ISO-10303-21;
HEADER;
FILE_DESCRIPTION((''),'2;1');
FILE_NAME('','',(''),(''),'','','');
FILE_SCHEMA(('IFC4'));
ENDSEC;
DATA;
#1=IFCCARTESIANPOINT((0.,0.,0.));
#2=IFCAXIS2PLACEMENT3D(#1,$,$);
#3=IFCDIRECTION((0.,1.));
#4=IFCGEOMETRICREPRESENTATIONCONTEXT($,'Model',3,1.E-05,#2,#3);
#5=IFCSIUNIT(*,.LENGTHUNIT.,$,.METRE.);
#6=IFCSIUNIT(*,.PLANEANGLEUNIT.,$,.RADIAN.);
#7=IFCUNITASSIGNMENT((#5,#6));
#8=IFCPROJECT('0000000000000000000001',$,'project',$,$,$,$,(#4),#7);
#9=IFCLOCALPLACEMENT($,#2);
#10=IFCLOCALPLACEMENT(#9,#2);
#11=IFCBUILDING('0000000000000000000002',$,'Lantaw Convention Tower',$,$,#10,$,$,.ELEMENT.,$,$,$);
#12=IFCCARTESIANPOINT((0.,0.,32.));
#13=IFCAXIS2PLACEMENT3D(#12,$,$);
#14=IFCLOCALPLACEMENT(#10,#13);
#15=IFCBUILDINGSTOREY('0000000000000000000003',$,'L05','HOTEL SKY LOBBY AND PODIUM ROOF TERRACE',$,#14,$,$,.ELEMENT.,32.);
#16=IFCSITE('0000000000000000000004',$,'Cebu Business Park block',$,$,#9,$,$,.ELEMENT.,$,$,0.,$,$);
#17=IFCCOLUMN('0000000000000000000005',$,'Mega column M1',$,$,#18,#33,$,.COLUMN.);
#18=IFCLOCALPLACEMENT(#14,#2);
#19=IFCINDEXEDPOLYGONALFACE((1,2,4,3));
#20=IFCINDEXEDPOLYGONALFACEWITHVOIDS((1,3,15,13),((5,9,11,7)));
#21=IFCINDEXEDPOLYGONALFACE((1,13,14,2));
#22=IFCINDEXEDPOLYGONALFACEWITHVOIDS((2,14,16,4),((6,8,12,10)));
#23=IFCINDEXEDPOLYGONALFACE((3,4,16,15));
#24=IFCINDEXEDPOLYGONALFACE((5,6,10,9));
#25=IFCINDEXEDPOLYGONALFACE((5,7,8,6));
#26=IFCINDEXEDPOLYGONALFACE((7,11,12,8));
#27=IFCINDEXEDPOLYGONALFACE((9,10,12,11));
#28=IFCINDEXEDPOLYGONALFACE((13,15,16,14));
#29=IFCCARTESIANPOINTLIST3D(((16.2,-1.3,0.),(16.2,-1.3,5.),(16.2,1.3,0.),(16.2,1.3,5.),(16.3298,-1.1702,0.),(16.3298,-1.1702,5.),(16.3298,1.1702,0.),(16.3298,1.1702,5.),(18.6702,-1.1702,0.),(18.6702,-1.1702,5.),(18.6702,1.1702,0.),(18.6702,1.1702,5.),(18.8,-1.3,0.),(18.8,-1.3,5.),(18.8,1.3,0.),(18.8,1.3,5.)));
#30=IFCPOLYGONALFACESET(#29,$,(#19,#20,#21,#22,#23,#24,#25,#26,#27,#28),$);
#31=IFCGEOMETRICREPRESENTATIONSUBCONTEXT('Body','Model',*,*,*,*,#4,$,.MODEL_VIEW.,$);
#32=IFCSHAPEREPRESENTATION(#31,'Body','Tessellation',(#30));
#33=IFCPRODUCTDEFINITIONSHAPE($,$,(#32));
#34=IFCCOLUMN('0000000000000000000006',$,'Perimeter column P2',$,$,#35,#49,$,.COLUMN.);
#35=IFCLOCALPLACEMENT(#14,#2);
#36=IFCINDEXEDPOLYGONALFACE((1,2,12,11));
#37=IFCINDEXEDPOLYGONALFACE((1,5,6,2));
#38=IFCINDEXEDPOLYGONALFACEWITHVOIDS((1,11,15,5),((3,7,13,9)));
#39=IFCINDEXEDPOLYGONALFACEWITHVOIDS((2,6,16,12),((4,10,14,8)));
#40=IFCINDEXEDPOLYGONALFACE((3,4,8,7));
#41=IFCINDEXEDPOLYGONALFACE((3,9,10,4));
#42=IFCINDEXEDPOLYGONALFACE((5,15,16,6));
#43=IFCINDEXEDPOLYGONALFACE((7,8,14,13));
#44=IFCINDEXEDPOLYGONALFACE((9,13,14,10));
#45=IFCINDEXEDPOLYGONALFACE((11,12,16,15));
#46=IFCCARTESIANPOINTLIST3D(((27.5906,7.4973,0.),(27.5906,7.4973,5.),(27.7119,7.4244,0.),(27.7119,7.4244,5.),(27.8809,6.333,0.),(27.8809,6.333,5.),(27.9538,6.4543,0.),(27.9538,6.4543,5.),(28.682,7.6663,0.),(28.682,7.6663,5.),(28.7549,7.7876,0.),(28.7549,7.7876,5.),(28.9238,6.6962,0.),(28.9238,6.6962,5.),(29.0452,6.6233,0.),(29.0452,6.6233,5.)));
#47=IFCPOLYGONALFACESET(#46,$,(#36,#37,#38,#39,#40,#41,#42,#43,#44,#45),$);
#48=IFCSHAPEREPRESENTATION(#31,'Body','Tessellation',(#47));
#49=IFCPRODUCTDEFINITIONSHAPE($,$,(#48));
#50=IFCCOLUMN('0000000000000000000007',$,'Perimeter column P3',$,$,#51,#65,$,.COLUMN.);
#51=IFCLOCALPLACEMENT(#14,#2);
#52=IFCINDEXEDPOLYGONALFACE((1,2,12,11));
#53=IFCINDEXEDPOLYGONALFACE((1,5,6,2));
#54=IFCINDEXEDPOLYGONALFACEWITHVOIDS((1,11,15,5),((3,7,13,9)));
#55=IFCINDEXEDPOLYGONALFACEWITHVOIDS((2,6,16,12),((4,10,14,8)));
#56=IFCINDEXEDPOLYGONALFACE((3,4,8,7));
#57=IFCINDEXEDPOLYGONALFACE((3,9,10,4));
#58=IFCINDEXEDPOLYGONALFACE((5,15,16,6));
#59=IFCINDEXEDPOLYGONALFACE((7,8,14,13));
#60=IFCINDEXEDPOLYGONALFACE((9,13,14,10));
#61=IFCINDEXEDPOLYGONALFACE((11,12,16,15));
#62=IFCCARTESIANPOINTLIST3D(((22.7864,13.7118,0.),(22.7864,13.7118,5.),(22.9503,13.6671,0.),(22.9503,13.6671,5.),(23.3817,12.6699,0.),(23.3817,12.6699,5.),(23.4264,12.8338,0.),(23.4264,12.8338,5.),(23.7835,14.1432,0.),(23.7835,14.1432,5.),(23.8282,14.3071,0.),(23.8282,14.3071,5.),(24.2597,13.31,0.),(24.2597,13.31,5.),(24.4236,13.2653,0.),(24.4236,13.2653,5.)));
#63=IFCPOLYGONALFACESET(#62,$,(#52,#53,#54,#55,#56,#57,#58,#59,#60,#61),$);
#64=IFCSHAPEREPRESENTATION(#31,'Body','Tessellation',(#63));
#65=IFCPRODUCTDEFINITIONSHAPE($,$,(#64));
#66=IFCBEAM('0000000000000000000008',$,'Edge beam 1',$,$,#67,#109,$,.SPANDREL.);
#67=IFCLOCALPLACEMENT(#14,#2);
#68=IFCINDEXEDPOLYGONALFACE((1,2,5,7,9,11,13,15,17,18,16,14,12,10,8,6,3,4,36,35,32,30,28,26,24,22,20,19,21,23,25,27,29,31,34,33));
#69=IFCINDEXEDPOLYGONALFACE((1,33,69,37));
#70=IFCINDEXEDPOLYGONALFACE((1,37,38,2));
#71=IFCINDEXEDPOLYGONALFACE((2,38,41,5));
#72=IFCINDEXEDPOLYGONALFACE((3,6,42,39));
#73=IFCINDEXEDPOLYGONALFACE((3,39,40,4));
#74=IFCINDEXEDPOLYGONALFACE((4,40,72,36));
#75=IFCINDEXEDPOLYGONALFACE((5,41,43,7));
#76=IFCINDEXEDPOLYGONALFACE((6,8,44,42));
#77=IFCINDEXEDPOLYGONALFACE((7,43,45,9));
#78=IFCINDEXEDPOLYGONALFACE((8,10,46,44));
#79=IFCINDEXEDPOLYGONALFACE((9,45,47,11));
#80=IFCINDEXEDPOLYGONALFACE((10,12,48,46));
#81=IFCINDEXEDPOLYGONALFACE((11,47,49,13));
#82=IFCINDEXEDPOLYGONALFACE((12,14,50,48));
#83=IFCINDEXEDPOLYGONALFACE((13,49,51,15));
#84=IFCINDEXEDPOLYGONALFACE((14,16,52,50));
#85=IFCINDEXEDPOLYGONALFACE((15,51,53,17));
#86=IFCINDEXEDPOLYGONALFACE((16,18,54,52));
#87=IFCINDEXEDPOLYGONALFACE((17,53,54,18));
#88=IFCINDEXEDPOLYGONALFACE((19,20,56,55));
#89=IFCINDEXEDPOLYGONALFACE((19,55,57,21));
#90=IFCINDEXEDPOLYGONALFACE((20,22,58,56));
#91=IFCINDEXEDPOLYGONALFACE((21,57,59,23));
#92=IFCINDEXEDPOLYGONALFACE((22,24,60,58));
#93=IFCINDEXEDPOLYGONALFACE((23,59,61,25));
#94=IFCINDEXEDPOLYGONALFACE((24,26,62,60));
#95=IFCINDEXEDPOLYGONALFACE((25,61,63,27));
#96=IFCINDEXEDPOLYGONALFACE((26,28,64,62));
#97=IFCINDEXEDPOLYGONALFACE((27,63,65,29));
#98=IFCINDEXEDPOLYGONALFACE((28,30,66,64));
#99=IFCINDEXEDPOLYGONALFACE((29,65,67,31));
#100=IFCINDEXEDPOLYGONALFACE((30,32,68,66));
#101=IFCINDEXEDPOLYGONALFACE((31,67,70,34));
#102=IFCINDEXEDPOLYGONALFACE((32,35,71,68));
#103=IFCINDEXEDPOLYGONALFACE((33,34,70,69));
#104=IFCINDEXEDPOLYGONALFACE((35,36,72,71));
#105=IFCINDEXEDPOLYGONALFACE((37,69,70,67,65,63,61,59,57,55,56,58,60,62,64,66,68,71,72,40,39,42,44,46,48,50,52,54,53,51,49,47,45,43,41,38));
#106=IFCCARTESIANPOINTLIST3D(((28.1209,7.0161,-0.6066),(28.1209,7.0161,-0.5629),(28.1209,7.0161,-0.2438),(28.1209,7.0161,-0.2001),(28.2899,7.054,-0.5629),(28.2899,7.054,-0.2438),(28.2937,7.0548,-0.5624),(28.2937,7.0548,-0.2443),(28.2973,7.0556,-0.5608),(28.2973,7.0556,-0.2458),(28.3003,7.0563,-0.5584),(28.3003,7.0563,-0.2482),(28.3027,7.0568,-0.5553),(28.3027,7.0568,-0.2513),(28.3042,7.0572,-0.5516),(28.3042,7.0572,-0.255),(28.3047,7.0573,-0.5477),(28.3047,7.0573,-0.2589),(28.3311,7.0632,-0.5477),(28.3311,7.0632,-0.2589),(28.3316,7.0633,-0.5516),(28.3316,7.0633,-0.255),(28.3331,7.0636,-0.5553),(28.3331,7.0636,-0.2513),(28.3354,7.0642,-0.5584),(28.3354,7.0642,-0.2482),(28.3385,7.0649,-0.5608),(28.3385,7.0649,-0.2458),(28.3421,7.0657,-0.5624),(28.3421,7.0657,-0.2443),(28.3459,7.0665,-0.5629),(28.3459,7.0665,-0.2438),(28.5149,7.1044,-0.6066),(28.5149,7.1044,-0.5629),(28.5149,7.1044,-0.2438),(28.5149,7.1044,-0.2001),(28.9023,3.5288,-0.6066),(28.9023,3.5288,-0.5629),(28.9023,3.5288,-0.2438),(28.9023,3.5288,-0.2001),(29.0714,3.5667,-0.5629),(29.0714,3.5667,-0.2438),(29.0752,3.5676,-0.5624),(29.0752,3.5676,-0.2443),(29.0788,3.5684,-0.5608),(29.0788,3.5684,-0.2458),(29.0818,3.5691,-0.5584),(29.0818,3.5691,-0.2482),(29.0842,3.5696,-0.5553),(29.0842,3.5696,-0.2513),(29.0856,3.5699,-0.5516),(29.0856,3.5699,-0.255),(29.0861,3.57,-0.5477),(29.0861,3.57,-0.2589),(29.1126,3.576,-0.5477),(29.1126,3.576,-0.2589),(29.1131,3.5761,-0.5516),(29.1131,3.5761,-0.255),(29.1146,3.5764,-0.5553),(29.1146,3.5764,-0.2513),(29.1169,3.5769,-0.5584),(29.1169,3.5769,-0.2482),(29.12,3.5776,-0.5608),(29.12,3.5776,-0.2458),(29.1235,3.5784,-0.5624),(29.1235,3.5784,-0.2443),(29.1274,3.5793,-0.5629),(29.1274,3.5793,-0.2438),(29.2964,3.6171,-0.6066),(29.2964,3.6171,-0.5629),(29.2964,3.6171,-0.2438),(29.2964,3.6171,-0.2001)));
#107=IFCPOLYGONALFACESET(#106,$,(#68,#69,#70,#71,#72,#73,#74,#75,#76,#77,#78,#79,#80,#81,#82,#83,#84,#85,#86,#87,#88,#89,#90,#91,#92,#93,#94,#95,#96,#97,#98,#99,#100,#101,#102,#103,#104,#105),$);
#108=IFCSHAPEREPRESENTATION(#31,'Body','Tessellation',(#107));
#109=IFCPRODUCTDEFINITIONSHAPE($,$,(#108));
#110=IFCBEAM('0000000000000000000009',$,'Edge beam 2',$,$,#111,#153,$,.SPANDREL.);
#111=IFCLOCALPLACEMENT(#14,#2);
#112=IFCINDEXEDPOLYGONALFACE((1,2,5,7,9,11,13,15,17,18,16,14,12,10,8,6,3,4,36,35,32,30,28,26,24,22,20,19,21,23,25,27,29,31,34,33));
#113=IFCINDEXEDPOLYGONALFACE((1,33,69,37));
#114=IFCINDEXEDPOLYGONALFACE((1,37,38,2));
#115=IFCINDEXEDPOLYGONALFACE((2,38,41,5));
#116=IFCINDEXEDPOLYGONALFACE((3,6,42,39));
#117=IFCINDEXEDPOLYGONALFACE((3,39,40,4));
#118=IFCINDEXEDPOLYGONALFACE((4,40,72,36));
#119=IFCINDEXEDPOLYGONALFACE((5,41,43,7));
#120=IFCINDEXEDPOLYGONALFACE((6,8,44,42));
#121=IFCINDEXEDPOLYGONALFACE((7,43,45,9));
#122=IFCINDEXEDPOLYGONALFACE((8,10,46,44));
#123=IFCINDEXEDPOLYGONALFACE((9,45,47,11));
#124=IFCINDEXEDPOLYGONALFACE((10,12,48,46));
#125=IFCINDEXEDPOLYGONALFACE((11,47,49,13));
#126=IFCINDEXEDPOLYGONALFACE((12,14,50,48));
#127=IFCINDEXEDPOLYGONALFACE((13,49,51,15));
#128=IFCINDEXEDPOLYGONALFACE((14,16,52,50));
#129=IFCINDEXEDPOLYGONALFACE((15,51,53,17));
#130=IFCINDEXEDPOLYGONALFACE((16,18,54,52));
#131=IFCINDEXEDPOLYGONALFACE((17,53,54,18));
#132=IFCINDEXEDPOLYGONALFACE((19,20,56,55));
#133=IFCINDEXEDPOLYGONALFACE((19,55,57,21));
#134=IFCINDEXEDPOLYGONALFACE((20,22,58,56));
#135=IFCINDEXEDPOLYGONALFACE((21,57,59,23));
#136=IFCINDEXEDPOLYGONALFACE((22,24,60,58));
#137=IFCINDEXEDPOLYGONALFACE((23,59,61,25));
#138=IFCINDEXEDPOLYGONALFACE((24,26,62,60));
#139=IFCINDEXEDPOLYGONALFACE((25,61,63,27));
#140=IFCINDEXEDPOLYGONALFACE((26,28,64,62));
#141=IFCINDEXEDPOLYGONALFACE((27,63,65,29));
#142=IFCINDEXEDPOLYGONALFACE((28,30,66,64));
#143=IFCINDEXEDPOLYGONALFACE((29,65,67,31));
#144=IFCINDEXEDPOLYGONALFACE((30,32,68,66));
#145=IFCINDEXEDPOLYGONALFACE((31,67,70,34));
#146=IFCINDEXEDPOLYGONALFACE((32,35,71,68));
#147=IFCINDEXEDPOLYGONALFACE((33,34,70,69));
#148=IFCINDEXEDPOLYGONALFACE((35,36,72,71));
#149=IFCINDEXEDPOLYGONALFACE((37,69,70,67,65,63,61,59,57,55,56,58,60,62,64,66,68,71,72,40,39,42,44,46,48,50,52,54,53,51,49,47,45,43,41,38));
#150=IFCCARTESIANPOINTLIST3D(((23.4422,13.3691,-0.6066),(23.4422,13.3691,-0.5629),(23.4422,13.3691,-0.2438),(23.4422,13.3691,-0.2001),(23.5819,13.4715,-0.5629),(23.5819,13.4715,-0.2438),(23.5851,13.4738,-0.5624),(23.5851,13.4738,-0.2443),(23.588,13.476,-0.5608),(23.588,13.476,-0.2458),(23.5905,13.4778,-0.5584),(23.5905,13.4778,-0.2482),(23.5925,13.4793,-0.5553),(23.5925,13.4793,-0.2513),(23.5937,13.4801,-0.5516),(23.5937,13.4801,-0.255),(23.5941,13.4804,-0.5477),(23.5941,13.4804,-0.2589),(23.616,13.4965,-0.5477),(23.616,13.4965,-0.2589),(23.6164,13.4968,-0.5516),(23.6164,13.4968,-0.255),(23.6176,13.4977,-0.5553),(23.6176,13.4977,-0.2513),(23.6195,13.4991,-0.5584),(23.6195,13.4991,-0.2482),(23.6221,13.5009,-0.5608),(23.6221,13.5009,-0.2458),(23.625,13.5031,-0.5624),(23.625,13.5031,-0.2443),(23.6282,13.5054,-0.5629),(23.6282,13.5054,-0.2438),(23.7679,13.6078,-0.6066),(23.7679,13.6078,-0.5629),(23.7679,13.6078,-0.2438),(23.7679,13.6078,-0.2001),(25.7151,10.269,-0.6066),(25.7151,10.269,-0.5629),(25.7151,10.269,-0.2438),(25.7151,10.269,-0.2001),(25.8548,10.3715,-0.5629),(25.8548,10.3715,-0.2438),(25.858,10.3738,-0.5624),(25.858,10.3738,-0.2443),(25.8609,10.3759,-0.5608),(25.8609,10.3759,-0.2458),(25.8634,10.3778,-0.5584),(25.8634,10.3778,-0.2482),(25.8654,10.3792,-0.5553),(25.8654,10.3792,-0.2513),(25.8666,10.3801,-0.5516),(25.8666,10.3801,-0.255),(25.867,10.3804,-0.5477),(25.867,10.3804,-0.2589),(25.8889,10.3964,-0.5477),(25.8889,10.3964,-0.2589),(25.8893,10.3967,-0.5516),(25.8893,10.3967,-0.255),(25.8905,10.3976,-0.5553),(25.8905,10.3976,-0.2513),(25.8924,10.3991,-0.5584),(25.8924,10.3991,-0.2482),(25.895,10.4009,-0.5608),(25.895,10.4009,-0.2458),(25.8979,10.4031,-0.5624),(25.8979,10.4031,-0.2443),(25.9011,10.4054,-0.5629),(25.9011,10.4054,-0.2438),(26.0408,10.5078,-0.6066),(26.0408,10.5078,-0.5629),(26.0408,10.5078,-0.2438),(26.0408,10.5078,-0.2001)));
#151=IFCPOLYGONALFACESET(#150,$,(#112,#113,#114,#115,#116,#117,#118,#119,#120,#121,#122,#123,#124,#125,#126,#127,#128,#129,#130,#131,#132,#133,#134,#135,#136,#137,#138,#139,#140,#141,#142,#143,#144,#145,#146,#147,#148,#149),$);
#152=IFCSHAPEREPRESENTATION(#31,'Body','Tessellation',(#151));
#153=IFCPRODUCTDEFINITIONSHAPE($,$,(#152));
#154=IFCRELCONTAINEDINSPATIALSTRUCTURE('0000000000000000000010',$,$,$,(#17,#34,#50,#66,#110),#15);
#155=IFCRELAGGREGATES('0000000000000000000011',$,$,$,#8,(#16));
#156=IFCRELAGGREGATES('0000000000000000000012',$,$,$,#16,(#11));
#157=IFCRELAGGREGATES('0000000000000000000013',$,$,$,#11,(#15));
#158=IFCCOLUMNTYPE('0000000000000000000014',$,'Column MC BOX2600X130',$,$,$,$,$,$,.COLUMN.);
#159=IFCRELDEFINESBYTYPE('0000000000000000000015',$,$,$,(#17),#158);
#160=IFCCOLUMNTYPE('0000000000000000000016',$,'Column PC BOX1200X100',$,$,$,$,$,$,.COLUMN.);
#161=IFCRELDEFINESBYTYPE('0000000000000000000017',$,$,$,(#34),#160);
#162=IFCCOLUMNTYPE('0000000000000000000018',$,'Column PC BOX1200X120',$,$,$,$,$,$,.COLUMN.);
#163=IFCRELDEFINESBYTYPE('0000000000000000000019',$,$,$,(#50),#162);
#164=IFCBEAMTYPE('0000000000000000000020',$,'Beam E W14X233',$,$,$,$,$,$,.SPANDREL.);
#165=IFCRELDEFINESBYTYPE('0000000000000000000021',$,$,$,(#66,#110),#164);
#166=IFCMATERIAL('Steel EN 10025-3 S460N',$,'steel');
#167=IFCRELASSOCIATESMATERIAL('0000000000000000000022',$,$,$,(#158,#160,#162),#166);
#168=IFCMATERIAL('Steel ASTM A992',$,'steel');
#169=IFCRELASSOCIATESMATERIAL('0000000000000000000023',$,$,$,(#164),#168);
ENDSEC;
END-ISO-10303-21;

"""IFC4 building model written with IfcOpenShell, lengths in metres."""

from ifc_helpers import new_model, si_unit, direction, frame, origin, origin_2d, place, context, subcontext, project, spatial, rectangle, hollow_rectangle, i_section, extrude, material, material_profile, profile_set, type_object, element, save


model = new_model("IFC4")

# Units and contexts
model_context = context("Model", 3, precision=1e-05, world=origin(), true_north=direction((0.0, 1.0)))
body_context = subcontext(model_context, "Body", "Model", "MODEL_VIEW")
ifc_project = project(units=[si_unit("LENGTHUNIT", "METRE"), si_unit("PLANEANGLEUNIT", "RADIAN")], contexts=[model_context])

# Site, building, storey
site_placement = place(None, origin())
site = spatial("IfcSite", under=ifc_project, at=site_placement, Name="Cebu Business Park block", CompositionType="ELEMENT", RefElevation=0.0)
building_placement = place(site_placement, origin())
building = spatial("IfcBuilding", under=site, at=building_placement, Name="Lantaw Convention Tower", CompositionType="ELEMENT")
storey_placement = place(building_placement, frame((0.0, 0.0, 32.0)))
storey = spatial("IfcBuildingStorey", under=building, at=storey_placement, Name="L05", Description="HOTEL SKY LOBBY AND PODIUM ROOF TERRACE", CompositionType="ELEMENT", Elevation=32.0)

# Columns
ifc_material_1 = material(Name="Steel EN 10025-3 S460N", Category="steel")
ifc_material_profile_1 = material_profile(ifc_material_1, hollow_rectangle(XDim=2.6001, YDim=2.6001, WallThickness=0.1299, at=origin_2d()), Name="BOX2600X130")
ifc_material_2 = material(Name="Concrete C60/75", Category="concrete")
ifc_material_profile_2 = material_profile(ifc_material_2, rectangle(XDim=2.3401, YDim=2.3401, at=origin_2d()), Name="Concrete fill of BOX2600X130")
ifc_profile_set_1 = profile_set([ifc_material_profile_1, ifc_material_profile_2], Name="Steel EN 10025-3 S460N")
column_type_1 = type_object("IfcColumnType", Name="Column MC BOX2600X130", PredefinedType="COLUMN", material=ifc_profile_set_1)
column_1_placement = place(storey_placement, frame((17.5, 0.0, 0.0), z_axis=(0.0, 0.0, 1.0), x_axis=(1.0, 0.0, 0.0)))
element("IfcColumn", 1, at=column_1_placement, inside=storey, type_object=column_type_1, Name="Mega column M1", PredefinedType="COLUMN", context=body_context, shape_type="SweptSolid", body=[
    extrude(hollow_rectangle(XDim=2.6001, YDim=2.6001, WallThickness=0.1299, at=origin_2d()), origin(), (0.0, 0.0, 1.0), 5.0),
])
ifc_material_profile_3 = material_profile(ifc_material_1, hollow_rectangle(XDim=1.2, YDim=1.2, WallThickness=0.1001, at=origin_2d()), Name="BOX1200X100")
ifc_material_profile_4 = material_profile(ifc_material_2, rectangle(XDim=1.0, YDim=1.0, at=origin_2d()), Name="Concrete fill of BOX1200X100")
ifc_profile_set_2 = profile_set([ifc_material_profile_3, ifc_material_profile_4], Name="Steel EN 10025-3 S460N")
column_type_2 = type_object("IfcColumnType", Name="Column PC BOX1200X100", PredefinedType="COLUMN", material=ifc_profile_set_2)
column_2_placement = place(storey_placement, frame((28.3179, 7.0603, 0.0), z_axis=(0.0, 0.0, 1.0), x_axis=(0.970296, 0.241922, 0.0)))
element("IfcColumn", 2, at=column_2_placement, inside=storey, type_object=column_type_2, Name="Perimeter column P2", PredefinedType="COLUMN", context=body_context, shape_type="SweptSolid", body=[
    extrude(hollow_rectangle(XDim=1.2, YDim=1.2, WallThickness=0.1001, at=origin_2d()), origin(), (0.0, 0.0, 1.0), 5.0),
])
ifc_material_profile_5 = material_profile(ifc_material_1, hollow_rectangle(XDim=1.2, YDim=1.2, WallThickness=0.1201, at=origin_2d()), Name="BOX1200X120")
ifc_material_profile_6 = material_profile(ifc_material_2, rectangle(XDim=0.96, YDim=0.96, at=origin_2d()), Name="Concrete fill of BOX1200X120")
ifc_profile_set_3 = profile_set([ifc_material_profile_5, ifc_material_profile_6], Name="Steel EN 10025-3 S460N")
column_type_3 = type_object("IfcColumnType", Name="Column PC BOX1200X120", PredefinedType="COLUMN", material=ifc_profile_set_3)
column_3_placement = place(storey_placement, frame((23.605, 13.4885, 0.0), z_axis=(0.0, 0.0, 1.0), x_axis=(0.868243, 0.496139, 0.0)))
element("IfcColumn", 3, at=column_3_placement, inside=storey, type_object=column_type_3, Name="Perimeter column P3", PredefinedType="COLUMN", context=body_context, shape_type="SweptSolid", body=[
    extrude(hollow_rectangle(XDim=1.2, YDim=1.2, WallThickness=0.1201, at=origin_2d()), origin(), (0.0, 0.0, 1.0), 5.0),
])

# Beams
ifc_material_3 = material(Name="Steel ASTM A992", Category="steel")
ifc_material_profile_7 = material_profile(ifc_material_3, i_section(OverallWidth=0.4038, OverallDepth=0.4065, WebThickness=0.0271, FlangeThickness=0.0437, FilletRadius=0.0151, at=origin_2d()), Name="W14X233")
ifc_profile_set_4 = profile_set([ifc_material_profile_7], Name="Steel ASTM A992")
beam_type_1 = type_object("IfcBeamType", Name="Beam E W14X233", PredefinedType="SPANDREL", material=ifc_profile_set_4)
beam_1_placement = place(storey_placement, frame((29.0994, 3.573, -0.4033), z_axis=(-0.218673, 0.975798, 0.0), x_axis=(-0.975798, -0.218673, 0.0)))
element("IfcBeam", 4, at=beam_1_placement, inside=storey, type_object=beam_type_1, Name="Edge beam 1", PredefinedType="SPANDREL", context=body_context, shape_type="SweptSolid", body=[
    extrude(i_section(OverallWidth=0.4038, OverallDepth=0.4065, WebThickness=0.0271, FlangeThickness=0.0437, FilletRadius=0.0151, at=origin_2d()), origin(), (0.0, 0.0, 1.0), 3.5737),
])
beam_2_placement = place(storey_placement, frame((25.8779, 10.3884, -0.4033), z_axis=(-0.591287, 0.806462, 0.0), x_axis=(-0.806462, -0.591287, 0.0)))
element("IfcBeam", 5, at=beam_2_placement, inside=storey, type_object=beam_type_1, Name="Edge beam 2", PredefinedType="SPANDREL", context=body_context, shape_type="SweptSolid", body=[
    extrude(i_section(OverallWidth=0.4038, OverallDepth=0.4065, WebThickness=0.0271, FlangeThickness=0.0437, FilletRadius=0.0151, at=origin_2d()), origin(), (0.0, 0.0, 1.0), 3.844),
])

save(model, "model.ifc")
